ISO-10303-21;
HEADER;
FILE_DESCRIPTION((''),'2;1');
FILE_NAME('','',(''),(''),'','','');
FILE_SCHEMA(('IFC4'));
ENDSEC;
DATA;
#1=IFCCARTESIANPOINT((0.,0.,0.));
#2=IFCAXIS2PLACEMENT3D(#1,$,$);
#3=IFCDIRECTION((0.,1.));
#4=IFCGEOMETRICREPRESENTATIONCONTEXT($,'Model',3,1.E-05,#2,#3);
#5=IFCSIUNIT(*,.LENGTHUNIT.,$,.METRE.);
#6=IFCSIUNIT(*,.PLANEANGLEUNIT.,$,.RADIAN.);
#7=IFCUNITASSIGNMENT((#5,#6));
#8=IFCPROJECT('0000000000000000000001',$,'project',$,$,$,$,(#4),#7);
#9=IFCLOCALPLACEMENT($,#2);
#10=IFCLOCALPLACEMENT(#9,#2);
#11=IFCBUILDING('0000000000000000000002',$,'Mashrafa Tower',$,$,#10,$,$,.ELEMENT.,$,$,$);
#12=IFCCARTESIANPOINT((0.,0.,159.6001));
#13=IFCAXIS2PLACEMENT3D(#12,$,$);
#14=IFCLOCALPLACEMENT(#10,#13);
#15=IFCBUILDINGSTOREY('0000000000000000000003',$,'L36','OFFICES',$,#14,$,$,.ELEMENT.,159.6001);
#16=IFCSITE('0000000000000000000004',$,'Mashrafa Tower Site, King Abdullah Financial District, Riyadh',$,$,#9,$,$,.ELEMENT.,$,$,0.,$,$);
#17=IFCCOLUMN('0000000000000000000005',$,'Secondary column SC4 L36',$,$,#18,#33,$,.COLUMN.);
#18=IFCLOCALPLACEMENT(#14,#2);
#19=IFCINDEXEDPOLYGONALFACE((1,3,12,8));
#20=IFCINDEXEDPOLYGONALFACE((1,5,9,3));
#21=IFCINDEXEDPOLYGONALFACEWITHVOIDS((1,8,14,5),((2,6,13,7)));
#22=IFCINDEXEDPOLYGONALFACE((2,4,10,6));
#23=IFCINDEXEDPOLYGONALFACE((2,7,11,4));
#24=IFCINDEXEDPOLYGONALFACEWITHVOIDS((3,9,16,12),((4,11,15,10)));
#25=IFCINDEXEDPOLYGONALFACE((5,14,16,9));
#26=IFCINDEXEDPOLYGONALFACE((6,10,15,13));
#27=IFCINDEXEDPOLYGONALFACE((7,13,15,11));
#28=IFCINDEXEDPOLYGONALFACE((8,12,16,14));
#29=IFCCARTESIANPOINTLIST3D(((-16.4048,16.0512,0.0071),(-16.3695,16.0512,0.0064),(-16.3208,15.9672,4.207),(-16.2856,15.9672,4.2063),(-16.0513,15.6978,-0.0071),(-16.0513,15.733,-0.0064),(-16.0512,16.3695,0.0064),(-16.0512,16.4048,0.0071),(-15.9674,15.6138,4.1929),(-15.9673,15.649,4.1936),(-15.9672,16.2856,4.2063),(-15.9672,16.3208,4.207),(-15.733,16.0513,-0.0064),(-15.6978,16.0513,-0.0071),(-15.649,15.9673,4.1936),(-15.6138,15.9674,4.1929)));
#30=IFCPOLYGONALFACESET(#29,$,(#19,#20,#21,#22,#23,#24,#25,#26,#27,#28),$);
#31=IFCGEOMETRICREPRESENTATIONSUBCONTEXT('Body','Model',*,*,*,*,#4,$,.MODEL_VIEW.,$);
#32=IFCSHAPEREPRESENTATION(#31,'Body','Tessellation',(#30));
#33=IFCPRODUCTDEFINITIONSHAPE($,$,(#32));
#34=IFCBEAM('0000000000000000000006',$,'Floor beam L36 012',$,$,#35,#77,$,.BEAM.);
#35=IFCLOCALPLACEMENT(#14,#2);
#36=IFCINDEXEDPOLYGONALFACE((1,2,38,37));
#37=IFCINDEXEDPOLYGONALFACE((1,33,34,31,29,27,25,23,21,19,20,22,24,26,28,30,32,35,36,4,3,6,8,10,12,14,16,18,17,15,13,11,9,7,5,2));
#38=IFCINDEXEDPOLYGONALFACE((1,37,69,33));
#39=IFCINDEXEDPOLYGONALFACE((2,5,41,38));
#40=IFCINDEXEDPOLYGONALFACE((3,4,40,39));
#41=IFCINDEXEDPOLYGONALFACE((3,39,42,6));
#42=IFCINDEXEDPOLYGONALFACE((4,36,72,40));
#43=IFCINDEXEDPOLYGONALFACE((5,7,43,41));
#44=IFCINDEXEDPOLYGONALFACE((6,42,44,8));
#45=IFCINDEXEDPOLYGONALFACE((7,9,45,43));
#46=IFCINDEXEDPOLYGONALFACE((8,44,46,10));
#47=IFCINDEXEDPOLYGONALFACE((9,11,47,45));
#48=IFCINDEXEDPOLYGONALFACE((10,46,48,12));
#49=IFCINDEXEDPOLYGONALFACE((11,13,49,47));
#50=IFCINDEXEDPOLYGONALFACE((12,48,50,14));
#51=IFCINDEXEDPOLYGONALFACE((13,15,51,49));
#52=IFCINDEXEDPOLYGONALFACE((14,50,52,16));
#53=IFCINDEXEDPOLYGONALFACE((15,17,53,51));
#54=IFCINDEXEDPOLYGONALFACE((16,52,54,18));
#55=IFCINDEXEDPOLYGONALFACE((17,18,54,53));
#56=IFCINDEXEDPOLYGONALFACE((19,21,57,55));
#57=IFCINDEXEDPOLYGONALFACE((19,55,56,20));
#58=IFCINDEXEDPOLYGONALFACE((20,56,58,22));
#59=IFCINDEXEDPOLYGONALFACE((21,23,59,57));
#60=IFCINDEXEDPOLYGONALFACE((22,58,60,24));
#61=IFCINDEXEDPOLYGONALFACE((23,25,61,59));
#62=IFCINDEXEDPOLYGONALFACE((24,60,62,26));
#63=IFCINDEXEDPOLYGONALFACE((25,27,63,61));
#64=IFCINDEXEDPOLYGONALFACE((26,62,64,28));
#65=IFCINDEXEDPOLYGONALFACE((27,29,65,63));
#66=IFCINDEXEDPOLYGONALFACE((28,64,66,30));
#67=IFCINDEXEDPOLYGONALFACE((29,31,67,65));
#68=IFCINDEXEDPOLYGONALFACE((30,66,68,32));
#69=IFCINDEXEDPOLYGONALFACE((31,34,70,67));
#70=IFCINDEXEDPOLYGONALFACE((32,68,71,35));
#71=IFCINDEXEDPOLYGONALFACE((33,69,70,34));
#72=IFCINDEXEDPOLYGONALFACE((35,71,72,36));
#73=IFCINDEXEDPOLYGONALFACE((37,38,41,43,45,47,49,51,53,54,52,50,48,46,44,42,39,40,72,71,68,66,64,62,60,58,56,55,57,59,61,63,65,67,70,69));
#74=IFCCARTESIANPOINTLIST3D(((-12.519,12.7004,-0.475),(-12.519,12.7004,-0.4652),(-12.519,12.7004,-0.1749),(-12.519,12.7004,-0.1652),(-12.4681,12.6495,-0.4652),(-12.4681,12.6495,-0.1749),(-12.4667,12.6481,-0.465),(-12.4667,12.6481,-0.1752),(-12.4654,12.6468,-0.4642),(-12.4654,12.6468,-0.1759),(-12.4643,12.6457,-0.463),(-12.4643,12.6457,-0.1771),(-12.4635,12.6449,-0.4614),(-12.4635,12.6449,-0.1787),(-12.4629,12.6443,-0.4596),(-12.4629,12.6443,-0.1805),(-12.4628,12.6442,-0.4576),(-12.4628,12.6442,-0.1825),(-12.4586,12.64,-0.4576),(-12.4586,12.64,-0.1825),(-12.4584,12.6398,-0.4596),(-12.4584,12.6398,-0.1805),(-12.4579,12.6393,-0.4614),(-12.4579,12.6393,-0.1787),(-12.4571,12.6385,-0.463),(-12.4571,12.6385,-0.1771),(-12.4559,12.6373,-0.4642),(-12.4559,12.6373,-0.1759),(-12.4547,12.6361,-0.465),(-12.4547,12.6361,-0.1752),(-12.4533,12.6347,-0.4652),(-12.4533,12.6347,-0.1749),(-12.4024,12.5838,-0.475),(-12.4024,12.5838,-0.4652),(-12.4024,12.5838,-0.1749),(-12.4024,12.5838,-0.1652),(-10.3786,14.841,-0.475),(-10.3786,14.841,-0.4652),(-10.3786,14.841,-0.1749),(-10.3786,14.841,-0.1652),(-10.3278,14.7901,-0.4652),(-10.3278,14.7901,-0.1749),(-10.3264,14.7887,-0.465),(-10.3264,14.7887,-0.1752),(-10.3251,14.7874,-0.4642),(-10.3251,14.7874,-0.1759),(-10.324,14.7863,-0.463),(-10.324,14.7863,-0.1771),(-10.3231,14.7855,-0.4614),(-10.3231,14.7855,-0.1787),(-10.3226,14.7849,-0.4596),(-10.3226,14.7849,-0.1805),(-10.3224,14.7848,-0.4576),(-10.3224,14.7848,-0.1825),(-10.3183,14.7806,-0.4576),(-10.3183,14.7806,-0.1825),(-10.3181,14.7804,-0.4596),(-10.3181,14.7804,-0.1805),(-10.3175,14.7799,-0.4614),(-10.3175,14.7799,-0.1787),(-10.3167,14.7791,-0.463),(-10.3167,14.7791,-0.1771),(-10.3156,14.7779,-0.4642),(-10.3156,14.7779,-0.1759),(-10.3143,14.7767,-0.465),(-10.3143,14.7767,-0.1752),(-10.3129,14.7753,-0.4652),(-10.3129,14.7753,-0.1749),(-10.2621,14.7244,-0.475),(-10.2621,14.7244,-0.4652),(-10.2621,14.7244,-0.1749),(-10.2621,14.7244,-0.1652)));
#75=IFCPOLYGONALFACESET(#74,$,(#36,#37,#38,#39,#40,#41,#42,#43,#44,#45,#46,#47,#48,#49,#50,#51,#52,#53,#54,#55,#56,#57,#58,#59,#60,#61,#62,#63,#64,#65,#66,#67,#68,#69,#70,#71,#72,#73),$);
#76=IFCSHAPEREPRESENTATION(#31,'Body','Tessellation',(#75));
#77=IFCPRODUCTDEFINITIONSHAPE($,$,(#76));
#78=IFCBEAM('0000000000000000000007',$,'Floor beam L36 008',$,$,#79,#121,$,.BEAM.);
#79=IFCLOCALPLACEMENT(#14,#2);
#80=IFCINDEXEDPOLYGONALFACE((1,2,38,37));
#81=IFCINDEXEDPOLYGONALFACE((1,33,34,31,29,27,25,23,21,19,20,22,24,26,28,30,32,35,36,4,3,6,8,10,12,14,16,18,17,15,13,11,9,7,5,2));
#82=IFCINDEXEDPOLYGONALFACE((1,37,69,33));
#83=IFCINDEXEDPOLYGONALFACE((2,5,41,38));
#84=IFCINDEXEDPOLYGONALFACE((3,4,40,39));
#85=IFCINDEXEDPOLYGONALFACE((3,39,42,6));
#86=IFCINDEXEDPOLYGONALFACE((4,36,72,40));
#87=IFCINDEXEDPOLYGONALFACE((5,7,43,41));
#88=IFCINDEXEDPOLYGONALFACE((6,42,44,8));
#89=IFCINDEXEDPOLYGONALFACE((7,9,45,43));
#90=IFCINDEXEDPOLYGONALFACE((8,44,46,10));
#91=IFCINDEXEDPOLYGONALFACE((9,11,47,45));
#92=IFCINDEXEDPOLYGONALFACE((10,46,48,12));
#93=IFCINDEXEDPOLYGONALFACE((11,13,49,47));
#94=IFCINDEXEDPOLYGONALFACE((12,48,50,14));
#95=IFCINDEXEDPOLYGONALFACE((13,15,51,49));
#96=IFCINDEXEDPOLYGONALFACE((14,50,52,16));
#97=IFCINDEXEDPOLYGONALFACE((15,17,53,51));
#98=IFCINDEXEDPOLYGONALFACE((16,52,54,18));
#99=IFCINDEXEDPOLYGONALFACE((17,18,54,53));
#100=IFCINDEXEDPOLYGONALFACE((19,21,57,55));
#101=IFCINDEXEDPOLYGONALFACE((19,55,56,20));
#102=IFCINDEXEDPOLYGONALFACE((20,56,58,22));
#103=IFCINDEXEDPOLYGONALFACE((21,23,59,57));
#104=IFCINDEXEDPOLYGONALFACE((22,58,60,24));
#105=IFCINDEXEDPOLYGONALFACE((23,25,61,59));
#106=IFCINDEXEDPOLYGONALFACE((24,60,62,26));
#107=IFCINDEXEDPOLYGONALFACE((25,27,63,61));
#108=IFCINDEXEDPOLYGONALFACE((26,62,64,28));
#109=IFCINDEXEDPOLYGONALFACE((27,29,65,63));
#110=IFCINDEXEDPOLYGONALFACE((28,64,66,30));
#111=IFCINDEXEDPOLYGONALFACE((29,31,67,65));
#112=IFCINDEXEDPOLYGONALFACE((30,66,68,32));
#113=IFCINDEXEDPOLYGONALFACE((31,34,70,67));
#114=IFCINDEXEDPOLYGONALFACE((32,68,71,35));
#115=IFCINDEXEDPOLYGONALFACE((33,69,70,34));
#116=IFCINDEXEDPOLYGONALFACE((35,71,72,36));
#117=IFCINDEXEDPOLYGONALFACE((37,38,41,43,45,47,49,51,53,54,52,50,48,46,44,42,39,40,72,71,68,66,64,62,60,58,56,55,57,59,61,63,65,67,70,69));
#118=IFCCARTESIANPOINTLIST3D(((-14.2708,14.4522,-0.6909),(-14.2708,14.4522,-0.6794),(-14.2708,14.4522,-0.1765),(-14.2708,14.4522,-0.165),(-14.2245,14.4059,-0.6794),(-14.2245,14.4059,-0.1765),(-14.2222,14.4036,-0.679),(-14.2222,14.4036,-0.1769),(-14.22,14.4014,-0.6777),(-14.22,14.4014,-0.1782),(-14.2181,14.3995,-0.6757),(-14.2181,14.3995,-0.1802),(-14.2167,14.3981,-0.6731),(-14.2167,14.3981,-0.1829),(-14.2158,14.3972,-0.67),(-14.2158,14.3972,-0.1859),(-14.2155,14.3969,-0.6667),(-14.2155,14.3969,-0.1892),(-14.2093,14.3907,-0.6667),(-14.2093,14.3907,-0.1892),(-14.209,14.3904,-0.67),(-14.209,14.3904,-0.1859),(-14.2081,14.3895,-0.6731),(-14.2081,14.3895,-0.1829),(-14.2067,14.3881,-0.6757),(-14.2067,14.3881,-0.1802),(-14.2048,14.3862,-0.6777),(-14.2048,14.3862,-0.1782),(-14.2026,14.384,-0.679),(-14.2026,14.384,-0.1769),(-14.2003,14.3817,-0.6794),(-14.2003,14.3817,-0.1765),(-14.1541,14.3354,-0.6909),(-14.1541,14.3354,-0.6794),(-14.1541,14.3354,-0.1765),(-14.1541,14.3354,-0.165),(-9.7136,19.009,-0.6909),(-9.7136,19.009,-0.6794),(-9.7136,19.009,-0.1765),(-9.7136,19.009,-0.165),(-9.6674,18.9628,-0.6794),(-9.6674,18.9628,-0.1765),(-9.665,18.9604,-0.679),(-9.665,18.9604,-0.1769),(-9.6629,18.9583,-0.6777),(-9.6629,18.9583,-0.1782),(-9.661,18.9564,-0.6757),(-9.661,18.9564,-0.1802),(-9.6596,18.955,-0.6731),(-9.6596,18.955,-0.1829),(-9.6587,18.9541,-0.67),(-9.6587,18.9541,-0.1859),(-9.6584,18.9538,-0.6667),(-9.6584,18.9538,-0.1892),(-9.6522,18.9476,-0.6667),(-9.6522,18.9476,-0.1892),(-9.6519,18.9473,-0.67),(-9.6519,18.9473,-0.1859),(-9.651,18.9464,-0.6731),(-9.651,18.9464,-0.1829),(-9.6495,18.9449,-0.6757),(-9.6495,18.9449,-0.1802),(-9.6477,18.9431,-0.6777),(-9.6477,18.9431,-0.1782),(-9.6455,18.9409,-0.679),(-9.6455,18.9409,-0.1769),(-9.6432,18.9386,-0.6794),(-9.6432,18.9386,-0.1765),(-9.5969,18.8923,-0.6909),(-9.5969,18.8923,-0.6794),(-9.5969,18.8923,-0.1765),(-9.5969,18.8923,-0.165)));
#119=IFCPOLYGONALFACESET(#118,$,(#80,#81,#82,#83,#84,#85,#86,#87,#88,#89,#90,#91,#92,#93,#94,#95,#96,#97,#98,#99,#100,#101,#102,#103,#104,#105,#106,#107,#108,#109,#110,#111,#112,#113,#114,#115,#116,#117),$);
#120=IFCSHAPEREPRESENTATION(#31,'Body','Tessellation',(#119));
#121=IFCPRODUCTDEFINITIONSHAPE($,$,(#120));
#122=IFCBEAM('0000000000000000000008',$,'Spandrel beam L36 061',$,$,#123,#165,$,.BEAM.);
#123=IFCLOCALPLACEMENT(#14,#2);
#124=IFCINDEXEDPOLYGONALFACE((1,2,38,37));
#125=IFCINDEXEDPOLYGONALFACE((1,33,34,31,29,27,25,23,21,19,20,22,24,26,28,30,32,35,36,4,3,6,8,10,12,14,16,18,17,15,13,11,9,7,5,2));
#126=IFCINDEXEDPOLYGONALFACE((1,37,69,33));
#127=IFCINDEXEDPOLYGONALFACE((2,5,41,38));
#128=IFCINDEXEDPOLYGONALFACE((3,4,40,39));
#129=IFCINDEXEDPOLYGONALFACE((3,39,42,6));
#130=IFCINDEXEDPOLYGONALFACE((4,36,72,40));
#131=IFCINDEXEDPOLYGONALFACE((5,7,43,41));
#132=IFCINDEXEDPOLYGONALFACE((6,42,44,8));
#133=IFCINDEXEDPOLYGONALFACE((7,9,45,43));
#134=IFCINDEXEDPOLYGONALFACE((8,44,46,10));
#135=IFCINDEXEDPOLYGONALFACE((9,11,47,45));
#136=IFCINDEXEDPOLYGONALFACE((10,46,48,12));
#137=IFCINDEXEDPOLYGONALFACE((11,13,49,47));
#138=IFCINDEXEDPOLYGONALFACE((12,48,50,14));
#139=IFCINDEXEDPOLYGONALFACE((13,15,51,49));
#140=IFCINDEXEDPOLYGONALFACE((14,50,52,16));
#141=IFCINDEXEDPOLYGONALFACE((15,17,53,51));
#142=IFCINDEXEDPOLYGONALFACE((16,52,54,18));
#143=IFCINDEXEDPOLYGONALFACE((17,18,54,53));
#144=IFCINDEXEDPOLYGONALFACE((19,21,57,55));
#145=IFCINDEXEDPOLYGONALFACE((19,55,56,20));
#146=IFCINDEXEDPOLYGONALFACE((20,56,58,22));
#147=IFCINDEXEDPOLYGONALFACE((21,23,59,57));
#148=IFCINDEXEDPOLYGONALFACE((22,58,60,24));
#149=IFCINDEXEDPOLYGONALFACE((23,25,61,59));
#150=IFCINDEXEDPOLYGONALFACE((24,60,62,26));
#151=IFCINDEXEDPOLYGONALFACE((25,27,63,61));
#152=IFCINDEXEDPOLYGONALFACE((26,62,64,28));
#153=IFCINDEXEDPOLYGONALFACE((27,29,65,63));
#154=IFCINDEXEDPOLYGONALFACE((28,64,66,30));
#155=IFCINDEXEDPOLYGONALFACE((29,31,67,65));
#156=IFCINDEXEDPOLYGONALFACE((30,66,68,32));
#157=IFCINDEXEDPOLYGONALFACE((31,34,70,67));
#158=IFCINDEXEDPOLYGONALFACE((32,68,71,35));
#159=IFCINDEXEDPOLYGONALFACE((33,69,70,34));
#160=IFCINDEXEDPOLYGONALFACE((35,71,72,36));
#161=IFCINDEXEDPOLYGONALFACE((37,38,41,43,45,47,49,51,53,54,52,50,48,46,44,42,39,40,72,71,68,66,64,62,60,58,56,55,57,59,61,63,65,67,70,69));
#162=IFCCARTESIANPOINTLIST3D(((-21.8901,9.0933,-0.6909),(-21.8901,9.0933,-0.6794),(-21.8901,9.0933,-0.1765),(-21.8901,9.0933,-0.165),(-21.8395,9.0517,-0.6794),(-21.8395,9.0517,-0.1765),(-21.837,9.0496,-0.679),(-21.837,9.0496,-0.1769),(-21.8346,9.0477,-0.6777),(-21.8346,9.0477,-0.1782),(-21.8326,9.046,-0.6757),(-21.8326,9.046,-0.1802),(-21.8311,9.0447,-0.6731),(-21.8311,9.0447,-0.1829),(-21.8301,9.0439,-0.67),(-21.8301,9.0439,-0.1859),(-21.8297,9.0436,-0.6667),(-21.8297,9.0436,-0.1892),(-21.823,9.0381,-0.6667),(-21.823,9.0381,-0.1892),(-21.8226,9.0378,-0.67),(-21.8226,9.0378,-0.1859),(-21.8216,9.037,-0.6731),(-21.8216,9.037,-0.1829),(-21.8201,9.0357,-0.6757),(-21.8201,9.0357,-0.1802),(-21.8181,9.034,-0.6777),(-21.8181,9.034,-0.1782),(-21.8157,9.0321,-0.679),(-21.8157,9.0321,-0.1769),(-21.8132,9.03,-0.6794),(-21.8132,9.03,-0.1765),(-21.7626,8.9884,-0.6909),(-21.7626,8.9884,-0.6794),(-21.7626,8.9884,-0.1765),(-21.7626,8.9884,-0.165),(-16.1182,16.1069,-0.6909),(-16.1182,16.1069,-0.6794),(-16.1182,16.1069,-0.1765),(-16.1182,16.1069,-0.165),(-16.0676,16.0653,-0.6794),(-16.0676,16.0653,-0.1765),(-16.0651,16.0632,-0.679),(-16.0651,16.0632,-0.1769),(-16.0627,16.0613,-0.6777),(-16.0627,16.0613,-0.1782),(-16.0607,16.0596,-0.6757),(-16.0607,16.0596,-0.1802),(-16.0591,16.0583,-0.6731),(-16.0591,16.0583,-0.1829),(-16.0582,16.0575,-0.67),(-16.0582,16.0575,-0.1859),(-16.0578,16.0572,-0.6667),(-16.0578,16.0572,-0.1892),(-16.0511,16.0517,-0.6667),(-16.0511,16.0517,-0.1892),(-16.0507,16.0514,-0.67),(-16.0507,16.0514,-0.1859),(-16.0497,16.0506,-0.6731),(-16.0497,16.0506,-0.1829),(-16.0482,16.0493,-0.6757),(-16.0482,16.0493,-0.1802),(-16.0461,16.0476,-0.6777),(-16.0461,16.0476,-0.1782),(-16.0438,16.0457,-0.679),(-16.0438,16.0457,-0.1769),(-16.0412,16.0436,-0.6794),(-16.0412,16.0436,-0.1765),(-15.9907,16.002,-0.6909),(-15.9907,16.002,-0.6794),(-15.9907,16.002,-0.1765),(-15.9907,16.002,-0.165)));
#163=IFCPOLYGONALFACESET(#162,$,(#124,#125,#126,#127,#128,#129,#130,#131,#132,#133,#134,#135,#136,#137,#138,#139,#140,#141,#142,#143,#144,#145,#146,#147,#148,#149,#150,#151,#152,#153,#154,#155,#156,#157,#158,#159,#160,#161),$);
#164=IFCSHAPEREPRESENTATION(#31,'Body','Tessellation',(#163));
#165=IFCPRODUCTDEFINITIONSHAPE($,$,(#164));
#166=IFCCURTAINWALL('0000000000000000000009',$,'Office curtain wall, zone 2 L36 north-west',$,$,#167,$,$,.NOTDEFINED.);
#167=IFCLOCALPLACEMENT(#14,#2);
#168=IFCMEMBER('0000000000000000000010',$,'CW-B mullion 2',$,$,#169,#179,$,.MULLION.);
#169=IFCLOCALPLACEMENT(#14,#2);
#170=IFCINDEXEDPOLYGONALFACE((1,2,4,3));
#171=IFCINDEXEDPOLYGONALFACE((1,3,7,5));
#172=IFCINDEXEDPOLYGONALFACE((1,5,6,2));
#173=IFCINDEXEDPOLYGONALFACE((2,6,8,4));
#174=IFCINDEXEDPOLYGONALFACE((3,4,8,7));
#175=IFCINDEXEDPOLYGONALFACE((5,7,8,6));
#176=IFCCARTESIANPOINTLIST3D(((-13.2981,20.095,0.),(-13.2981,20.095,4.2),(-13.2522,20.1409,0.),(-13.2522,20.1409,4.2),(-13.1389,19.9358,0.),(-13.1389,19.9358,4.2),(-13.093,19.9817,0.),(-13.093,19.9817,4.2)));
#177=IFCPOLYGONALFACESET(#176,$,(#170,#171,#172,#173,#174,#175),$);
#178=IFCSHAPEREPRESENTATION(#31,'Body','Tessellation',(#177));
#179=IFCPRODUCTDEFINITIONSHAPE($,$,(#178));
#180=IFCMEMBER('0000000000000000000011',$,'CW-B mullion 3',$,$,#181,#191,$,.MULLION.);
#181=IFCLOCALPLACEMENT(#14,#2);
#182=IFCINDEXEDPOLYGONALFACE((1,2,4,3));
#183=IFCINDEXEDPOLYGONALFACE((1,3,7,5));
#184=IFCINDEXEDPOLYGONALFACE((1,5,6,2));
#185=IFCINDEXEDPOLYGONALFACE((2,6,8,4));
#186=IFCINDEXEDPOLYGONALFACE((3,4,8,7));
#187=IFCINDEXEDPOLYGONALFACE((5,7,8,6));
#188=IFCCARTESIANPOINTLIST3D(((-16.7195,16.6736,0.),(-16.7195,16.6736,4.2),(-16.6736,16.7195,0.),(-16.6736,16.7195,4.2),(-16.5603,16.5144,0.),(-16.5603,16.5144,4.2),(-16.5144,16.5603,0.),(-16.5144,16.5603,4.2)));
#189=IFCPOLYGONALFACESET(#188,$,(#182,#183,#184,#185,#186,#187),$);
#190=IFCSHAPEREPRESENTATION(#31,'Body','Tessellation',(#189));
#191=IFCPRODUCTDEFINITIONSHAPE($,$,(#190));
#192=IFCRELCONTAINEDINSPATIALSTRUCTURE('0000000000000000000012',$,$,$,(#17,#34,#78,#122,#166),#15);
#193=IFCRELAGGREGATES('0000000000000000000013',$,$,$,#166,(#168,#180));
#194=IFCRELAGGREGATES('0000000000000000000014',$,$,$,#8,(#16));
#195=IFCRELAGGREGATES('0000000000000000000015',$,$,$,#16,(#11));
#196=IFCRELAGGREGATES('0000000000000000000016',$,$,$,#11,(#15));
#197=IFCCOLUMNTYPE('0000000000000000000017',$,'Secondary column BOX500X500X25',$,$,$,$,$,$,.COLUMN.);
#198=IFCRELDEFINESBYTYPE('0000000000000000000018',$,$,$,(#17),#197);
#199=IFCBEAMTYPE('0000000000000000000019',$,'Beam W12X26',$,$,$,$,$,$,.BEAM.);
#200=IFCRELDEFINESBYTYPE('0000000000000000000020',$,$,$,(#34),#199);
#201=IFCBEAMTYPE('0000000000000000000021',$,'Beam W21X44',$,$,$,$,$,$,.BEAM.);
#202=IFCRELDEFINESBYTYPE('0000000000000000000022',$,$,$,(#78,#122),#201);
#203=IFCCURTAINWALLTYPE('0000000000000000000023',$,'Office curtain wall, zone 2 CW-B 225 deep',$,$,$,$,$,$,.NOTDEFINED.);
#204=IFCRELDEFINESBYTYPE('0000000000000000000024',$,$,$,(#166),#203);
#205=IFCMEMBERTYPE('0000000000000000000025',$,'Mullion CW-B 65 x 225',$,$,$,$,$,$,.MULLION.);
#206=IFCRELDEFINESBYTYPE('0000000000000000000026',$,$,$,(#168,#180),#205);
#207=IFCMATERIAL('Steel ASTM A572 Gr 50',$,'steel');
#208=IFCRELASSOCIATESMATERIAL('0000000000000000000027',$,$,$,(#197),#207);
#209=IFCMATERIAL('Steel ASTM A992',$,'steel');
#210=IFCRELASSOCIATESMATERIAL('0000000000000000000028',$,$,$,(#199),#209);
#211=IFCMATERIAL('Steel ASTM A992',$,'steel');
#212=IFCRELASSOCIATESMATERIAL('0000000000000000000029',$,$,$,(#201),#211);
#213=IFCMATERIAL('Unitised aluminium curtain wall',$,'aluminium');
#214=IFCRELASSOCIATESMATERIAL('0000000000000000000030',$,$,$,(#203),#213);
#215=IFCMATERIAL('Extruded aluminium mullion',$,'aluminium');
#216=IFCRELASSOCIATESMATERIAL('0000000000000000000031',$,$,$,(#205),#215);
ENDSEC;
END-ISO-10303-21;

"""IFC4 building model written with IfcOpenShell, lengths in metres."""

from ifc_helpers import new_model, si_unit, direction, frame, origin, origin_2d, place, context, subcontext, project, spatial, rectangle, hollow_rectangle, i_section, extrude, source, transform, mapped, material, material_profile, profile_set, type_object, type_shapes, element, aggregate, save


model = new_model("IFC4")

# Units and contexts
model_context = context("Model", 3, precision=1e-05, world=origin(), true_north=direction((0.0, 1.0)))
body_context = subcontext(model_context, "Body", "Model", "MODEL_VIEW")
ifc_project = project(units=[si_unit("LENGTHUNIT", "METRE"), si_unit("PLANEANGLEUNIT", "RADIAN")], contexts=[model_context])

# Site, building, storey
site_placement = place(None, origin())
site = spatial("IfcSite", under=ifc_project, at=site_placement, Name="Mashrafa Tower Site, King Abdullah Financial District, Riyadh", CompositionType="ELEMENT", RefElevation=0.0)
building_placement = place(site_placement, origin())
building = spatial("IfcBuilding", under=site, at=building_placement, Name="Mashrafa Tower", CompositionType="ELEMENT")
storey_placement = place(building_placement, frame((0.0, 0.0, 159.6001)))
storey = spatial("IfcBuildingStorey", under=building, at=storey_placement, Name="L36", Description="OFFICES", CompositionType="ELEMENT", Elevation=159.6001)

# Column
ifc_material_1 = material(Name="Steel ASTM A572 Gr 50", Category="steel")
ifc_material_profile_1 = material_profile(ifc_material_1, hollow_rectangle(XDim=0.5, YDim=0.5, WallThickness=0.0249, at=origin_2d()), Name="BOX500X500X25")
ifc_profile_set_1 = profile_set([ifc_material_profile_1], Name="Steel ASTM A572 Gr 50")
column_type = type_object("IfcColumnType", Name="Secondary column BOX500X500X25", PredefinedType="COLUMN", material=ifc_profile_set_1)
column_placement = place(storey_placement, frame((-16.0513, 16.0513, 0.0), z_axis=(0.019989, -0.019989, 0.9996), x_axis=(0.707107, 0.707107, 0.0)))
element("IfcColumn", 1, at=column_placement, inside=storey, type_object=column_type, Name="Secondary column SC4 L36", PredefinedType="COLUMN", context=body_context, shape_type="SweptSolid", body=[
    extrude(hollow_rectangle(XDim=0.5, YDim=0.5, WallThickness=0.0249, at=origin_2d()), origin(), (0.0, 0.0, 1.0), 4.2017),
])

# Beams
ifc_material_2 = material(Name="Steel ASTM A992", Category="steel")
ifc_material_profile_2 = material_profile(ifc_material_2, i_section(OverallWidth=0.1648, OverallDepth=0.3098, WebThickness=0.0059, FlangeThickness=0.0098, FilletRadius=0.0076, at=origin_2d()), Name="W12X26")
ifc_profile_set_2 = profile_set([ifc_material_profile_2], Name="Steel ASTM A992")
beam_type_1 = type_object("IfcBeamType", Name="Beam W12X26", PredefinedType="BEAM", material=ifc_profile_set_2)
beam_1_placement = place(storey_placement, frame((-12.4607, 12.6421, -0.3201), z_axis=(0.707066, 0.707147, 0.0), x_axis=(-0.707147, 0.707066, 0.0)))
element("IfcBeam", 2, at=beam_1_placement, inside=storey, type_object=beam_type_1, Name="Floor beam L36 012", PredefinedType="BEAM", context=body_context, shape_type="SweptSolid", body=[
    extrude(i_section(OverallWidth=0.1648, OverallDepth=0.3098, WebThickness=0.0059, FlangeThickness=0.0098, FilletRadius=0.0076, at=origin_2d()), origin(), (0.0, 0.0, 1.0), 3.0271),
])
ifc_material_3 = material(Name="Steel ASTM A992", Category="steel")
ifc_material_profile_3 = material_profile(ifc_material_3, i_section(OverallWidth=0.165, OverallDepth=0.5259, WebThickness=0.0088, FlangeThickness=0.0115, FilletRadius=0.0127, at=origin_2d()), Name="W21X44")
ifc_profile_set_3 = profile_set([ifc_material_profile_3], Name="Steel ASTM A992")
beam_type_2 = type_object("IfcBeamType", Name="Beam W21X44", PredefinedType="BEAM", material=ifc_profile_set_3)
beam_2_placement = place(storey_placement, frame((-14.2124, 14.3938, -0.428), z_axis=(0.707126, 0.707088, 0.0), x_axis=(-0.707088, 0.707126, 0.0)))
element("IfcBeam", 3, at=beam_2_placement, inside=storey, type_object=beam_type_2, Name="Floor beam L36 008", PredefinedType="BEAM", context=body_context, shape_type="SweptSolid", body=[
    extrude(i_section(OverallWidth=0.165, OverallDepth=0.5259, WebThickness=0.0088, FlangeThickness=0.0115, FilletRadius=0.0127, at=origin_2d()), origin(), (0.0, 0.0, 1.0), 6.4446),
])
beam_3_placement = place(storey_placement, frame((-16.0544, 16.0544, -0.428), z_axis=(-0.635445, -0.772146, 0.0), x_axis=(0.772146, -0.635445, 0.0)))
element("IfcBeam", 4, at=beam_3_placement, inside=storey, type_object=beam_type_2, Name="Spandrel beam L36 061", PredefinedType="BEAM", context=body_context, shape_type="SweptSolid", body=[
    extrude(i_section(OverallWidth=0.165, OverallDepth=0.5259, WebThickness=0.0088, FlangeThickness=0.0115, FilletRadius=0.0127, at=origin_2d()), origin(), (0.0, 0.0, 1.0), 9.0833),
])

# Curtain wall, members
ifc_material_4 = material(Name="Unitised aluminium curtain wall", Category="aluminium")
curtain_wall_type = type_object("IfcCurtainWallType", Name="Office curtain wall, zone 2 CW-B 225 deep", PredefinedType="NOTDEFINED", material=ifc_material_4)
curtain_wall_placement = place(storey_placement, origin())
curtain_wall = element("IfcCurtainWall", 5, at=curtain_wall_placement, inside=storey, type_object=curtain_wall_type, Name="Office curtain wall, zone 2 L36 north-west", PredefinedType="NOTDEFINED")
ifc_material_5 = material(Name="Extruded aluminium mullion", Category="aluminium")
ifc_material_profile_4 = material_profile(ifc_material_5, rectangle(XDim=0.2251, YDim=0.0649, at=origin_2d()), Name="Mullion 65x225")
ifc_profile_set_4 = profile_set([ifc_material_profile_4], Name="Extruded aluminium mullion")
member_type_1 = type_object("IfcMemberType", Name="Mullion CW-B 65 x 225", PredefinedType="MULLION", material=ifc_profile_set_4)
shared_shape_1 = source(origin(), body_context, "Body", "SweptSolid", [
    extrude(rectangle(XDim=0.2251, YDim=0.0649, at=origin_2d()), origin(), (0.0, 0.0, 1.0), 4.2),
])
type_shapes(member_type_1, [shared_shape_1])
member_1_placement = place(storey_placement, frame((-13.1956, 20.0383, 0.0), z_axis=(0.0, 0.0, 1.0), x_axis=(0.707107, -0.707107, 0.0)))
member_1 = element("IfcMember", 6, at=member_1_placement, type_object=member_type_1, Name="CW-B mullion 2", PredefinedType="MULLION", context=body_context, shape_type="MappedRepresentation", body=[
    mapped(shared_shape_1, transform((0.0, 0.0, 0.0))),
])
member_2_placement = place(storey_placement, frame((-16.6169, 16.6169, 0.0), z_axis=(0.0, 0.0, 1.0), x_axis=(0.707107, -0.707107, 0.0)))
member_2 = element("IfcMember", 7, at=member_2_placement, type_object=member_type_1, Name="CW-B mullion 3", PredefinedType="MULLION", context=body_context, shape_type="MappedRepresentation", body=[
    mapped(shared_shape_1, transform((0.0, 0.0, 0.0))),
])
aggregate(curtain_wall, [member_1, member_2])

save(model, "model.ifc")
